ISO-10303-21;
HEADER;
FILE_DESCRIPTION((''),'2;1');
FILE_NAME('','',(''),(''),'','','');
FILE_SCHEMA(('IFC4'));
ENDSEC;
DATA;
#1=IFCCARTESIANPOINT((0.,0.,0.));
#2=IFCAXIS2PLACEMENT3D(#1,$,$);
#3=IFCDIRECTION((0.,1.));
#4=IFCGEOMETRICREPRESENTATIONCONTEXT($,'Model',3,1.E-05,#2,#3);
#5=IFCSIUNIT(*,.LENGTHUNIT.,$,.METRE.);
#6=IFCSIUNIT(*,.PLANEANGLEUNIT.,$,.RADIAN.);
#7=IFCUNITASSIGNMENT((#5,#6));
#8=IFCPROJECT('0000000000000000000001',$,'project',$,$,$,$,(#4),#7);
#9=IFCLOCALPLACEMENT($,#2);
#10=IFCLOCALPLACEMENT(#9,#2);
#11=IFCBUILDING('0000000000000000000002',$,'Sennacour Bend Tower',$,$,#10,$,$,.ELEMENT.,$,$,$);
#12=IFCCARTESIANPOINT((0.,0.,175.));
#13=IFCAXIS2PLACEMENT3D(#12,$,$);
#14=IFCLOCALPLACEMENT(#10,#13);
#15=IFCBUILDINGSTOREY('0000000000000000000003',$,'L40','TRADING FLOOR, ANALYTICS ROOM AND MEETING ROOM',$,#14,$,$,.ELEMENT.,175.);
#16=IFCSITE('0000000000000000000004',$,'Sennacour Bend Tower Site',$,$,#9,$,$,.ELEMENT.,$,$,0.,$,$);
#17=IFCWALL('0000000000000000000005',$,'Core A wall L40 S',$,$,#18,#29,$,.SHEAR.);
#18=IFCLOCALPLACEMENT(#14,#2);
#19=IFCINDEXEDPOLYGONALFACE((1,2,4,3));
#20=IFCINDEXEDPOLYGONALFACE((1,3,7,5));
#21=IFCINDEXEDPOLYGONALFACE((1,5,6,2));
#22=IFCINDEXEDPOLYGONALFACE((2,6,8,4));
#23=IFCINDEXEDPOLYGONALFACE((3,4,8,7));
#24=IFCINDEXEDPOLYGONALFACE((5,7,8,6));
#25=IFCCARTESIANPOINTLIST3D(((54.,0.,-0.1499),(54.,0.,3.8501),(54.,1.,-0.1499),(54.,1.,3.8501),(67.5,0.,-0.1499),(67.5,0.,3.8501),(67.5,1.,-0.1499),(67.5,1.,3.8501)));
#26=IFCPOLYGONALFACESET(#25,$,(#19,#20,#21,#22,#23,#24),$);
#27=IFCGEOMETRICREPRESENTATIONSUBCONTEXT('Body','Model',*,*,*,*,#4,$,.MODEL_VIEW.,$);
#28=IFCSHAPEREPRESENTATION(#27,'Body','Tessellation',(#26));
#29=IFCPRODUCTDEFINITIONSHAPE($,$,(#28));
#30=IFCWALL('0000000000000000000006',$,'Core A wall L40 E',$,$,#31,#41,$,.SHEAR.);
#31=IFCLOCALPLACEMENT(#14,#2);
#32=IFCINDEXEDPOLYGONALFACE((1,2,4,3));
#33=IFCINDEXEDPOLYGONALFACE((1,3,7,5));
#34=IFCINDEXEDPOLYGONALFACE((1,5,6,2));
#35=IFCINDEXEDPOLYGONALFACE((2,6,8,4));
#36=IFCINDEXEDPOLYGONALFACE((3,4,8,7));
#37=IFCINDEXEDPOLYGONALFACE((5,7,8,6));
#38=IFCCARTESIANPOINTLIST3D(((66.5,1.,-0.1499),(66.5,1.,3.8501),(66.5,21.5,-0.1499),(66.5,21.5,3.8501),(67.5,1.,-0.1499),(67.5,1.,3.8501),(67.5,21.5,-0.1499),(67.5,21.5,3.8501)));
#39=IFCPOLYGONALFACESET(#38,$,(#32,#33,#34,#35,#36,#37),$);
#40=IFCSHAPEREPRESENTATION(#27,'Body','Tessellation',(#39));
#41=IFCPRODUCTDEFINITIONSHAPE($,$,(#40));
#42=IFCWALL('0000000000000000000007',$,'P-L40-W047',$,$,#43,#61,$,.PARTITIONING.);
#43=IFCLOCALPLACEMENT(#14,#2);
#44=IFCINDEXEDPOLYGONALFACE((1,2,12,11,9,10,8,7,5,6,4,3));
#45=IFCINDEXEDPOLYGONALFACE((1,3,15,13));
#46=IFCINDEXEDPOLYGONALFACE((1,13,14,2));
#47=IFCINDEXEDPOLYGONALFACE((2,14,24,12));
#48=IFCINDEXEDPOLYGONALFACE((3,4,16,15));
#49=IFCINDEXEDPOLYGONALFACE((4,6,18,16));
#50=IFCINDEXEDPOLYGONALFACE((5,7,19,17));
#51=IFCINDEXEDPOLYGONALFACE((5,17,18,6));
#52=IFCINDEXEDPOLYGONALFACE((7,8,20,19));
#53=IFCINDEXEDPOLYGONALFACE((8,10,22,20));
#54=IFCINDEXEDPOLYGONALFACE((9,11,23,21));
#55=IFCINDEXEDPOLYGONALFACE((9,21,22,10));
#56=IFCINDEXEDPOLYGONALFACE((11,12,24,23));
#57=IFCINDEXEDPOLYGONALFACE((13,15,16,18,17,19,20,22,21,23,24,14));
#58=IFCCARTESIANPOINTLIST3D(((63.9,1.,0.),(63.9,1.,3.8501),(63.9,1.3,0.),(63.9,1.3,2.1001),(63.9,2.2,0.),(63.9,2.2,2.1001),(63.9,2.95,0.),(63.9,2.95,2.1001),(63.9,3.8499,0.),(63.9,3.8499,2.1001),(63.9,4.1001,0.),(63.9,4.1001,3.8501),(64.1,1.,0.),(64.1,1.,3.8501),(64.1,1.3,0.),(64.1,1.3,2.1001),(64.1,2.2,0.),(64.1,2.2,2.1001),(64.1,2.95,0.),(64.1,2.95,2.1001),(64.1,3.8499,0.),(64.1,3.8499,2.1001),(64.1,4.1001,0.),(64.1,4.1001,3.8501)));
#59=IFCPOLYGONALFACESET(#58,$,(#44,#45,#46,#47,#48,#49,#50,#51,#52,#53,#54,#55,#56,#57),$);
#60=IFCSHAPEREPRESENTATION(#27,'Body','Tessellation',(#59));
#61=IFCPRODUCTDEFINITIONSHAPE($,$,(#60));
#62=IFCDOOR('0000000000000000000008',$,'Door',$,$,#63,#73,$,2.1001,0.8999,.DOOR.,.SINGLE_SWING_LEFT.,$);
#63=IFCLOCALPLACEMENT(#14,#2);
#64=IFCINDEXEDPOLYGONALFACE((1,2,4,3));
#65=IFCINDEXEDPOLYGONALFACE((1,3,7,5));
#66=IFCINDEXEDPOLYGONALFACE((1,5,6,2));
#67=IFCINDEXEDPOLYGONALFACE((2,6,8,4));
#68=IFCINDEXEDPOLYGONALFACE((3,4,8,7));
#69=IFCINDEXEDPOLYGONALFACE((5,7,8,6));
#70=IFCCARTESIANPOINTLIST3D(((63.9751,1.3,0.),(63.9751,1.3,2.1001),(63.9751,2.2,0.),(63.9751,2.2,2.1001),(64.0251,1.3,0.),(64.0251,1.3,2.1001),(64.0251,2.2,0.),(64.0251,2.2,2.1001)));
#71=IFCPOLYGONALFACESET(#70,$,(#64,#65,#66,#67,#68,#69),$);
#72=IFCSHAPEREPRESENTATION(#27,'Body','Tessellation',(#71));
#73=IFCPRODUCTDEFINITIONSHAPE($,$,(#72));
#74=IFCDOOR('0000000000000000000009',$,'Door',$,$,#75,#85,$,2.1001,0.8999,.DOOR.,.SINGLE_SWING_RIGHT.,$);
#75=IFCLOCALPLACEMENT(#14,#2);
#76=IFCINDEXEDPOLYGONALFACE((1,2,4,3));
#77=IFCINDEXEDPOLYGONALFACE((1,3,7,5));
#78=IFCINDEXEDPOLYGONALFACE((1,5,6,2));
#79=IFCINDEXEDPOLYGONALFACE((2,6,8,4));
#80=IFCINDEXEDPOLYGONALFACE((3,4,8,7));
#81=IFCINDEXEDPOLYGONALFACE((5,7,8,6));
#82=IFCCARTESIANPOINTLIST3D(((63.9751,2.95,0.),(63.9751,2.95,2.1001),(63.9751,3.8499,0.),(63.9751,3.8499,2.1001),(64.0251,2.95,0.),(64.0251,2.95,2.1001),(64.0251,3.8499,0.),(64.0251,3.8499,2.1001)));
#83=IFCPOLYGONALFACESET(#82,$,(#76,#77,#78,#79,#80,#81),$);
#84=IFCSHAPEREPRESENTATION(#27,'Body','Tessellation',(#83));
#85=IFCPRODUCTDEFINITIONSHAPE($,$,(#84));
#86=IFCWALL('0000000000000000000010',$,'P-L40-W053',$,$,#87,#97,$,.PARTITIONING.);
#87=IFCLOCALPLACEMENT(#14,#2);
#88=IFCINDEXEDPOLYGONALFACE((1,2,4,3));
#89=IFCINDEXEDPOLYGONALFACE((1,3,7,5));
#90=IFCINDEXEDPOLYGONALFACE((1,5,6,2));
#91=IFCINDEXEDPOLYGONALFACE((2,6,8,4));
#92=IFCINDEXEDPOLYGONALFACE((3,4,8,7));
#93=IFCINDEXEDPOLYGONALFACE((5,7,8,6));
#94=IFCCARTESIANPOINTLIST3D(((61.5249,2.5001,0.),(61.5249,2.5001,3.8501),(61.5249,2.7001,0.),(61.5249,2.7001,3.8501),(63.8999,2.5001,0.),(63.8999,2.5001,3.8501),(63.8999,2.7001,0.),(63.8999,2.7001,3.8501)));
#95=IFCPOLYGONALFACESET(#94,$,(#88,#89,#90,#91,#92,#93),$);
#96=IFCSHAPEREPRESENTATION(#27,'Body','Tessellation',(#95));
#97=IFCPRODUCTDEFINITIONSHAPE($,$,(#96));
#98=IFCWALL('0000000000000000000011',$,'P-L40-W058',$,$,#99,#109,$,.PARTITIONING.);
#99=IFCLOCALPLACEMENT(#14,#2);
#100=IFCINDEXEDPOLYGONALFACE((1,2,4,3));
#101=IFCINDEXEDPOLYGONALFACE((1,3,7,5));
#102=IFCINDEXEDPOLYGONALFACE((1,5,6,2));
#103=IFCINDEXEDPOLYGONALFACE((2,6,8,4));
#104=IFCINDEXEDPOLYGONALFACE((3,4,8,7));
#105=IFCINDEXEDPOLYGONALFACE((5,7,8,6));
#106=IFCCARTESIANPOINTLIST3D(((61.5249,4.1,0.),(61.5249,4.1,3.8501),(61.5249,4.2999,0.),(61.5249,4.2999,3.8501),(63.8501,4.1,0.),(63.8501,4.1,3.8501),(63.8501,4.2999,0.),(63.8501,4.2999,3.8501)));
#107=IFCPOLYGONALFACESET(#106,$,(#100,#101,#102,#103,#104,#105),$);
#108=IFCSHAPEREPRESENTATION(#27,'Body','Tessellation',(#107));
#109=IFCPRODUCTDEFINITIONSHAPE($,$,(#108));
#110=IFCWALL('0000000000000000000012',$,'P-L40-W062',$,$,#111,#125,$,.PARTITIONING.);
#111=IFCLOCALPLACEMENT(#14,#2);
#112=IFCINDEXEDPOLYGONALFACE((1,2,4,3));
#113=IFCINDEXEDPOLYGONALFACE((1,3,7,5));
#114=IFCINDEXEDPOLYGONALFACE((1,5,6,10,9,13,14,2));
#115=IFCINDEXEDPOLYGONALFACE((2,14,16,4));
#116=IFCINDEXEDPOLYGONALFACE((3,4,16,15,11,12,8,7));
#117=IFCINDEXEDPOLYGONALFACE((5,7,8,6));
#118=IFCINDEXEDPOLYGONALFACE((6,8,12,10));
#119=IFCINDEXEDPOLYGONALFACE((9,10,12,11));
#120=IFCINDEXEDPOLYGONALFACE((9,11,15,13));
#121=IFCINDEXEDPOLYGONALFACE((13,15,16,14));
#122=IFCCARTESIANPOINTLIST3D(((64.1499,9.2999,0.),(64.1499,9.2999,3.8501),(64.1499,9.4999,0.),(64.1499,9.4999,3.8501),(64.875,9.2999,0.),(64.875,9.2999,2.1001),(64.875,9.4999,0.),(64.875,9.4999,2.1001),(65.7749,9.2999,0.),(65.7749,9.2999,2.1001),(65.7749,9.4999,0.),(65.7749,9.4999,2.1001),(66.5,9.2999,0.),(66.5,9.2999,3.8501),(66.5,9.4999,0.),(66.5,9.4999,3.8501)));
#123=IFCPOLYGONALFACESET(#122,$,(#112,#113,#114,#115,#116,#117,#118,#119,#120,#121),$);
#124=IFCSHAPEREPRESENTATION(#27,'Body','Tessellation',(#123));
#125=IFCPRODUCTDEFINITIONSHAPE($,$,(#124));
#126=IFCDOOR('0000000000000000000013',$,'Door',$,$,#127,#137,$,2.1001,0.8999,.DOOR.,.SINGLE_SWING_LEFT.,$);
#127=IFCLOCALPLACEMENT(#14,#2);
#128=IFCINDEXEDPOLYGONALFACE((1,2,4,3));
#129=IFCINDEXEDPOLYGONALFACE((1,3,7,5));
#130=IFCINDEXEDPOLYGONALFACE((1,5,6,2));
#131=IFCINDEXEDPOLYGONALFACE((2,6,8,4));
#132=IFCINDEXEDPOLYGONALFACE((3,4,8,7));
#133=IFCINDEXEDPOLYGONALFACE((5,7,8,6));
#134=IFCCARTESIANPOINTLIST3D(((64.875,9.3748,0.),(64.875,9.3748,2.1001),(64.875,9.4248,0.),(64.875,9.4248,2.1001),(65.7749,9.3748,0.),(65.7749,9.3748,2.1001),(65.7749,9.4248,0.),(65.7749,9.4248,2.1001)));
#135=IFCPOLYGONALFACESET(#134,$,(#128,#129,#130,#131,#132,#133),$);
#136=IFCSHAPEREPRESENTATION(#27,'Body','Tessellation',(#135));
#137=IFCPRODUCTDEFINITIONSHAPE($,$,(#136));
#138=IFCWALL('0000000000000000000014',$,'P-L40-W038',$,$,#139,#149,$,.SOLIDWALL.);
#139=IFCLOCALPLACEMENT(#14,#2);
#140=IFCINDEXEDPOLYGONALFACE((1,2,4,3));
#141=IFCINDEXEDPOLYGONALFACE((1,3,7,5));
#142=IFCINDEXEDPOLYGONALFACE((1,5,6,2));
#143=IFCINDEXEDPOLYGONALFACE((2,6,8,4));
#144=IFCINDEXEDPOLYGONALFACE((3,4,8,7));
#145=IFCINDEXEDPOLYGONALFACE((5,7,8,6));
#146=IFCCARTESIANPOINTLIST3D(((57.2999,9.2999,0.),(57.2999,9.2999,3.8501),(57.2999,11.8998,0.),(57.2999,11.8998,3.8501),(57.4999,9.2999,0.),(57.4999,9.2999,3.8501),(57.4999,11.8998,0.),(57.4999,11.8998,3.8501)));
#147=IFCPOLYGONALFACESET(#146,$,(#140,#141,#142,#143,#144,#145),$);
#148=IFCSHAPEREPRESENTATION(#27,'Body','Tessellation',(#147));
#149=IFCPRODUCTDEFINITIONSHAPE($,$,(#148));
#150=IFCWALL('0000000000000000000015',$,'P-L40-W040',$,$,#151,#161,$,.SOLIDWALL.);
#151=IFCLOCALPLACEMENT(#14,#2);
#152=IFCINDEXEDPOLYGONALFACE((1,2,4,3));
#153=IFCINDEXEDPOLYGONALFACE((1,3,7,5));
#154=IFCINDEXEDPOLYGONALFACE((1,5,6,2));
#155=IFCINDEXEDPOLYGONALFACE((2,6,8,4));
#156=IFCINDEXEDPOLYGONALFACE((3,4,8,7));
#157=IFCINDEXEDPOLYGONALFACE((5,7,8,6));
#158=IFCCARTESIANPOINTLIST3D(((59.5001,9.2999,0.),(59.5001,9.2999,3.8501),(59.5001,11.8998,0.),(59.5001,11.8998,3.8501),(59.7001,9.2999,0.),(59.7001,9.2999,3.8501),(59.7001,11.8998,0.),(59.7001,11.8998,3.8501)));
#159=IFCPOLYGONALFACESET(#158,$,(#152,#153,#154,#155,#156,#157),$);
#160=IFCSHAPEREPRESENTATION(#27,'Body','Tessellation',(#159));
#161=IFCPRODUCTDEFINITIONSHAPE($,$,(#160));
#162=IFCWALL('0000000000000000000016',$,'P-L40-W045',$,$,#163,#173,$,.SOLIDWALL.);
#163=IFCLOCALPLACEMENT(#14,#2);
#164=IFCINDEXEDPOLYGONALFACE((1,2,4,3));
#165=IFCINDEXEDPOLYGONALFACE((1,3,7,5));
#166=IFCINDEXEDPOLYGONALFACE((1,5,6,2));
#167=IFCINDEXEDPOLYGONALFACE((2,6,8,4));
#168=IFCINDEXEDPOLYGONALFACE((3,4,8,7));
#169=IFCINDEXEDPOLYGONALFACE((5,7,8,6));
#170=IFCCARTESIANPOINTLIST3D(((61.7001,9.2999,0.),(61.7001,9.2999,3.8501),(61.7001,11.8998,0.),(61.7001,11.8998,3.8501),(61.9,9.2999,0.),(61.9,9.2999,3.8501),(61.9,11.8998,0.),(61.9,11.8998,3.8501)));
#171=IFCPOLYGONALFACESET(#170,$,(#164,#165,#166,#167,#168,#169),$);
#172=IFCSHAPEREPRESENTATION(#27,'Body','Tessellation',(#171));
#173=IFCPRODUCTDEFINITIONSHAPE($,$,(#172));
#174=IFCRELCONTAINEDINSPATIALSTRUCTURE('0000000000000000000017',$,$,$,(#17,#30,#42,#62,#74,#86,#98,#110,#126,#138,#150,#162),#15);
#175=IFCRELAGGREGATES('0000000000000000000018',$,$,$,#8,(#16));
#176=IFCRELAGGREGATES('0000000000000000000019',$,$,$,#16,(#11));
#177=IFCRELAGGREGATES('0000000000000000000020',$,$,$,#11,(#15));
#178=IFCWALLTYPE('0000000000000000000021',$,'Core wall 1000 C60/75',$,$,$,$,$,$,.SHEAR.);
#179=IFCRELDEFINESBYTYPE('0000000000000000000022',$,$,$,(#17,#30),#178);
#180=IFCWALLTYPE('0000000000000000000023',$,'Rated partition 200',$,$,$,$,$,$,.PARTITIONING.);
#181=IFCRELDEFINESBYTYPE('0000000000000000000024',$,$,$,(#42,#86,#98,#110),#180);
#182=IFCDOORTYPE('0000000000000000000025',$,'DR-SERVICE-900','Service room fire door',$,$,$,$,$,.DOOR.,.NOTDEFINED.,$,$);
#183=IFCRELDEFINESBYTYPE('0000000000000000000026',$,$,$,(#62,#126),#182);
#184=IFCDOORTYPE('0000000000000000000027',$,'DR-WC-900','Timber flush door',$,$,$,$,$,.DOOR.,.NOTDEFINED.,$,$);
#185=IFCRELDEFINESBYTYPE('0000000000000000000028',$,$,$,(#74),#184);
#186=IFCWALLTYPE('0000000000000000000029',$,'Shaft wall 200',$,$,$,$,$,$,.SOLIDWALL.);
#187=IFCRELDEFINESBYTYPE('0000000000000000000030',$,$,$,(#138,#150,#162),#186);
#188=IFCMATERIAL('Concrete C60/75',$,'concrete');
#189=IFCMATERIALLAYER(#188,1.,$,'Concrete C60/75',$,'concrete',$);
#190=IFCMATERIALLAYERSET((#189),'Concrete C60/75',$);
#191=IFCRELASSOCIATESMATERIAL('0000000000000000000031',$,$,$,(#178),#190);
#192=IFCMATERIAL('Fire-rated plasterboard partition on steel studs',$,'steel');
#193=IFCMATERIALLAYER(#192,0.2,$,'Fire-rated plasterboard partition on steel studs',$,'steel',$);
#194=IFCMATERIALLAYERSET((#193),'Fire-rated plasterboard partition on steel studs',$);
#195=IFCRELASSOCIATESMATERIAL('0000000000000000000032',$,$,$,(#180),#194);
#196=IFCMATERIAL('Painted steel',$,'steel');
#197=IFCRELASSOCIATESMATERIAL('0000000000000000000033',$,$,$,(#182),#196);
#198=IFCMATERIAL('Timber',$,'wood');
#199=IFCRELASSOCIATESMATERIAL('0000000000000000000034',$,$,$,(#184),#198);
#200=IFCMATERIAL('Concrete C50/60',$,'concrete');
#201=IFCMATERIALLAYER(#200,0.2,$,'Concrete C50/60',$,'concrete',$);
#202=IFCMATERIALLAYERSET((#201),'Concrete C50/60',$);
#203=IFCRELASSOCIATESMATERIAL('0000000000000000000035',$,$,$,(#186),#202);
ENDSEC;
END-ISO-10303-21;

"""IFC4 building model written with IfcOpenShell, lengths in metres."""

from ifc_helpers import new_model, si_unit, direction, frame, frame_2d, origin, place, context, subcontext, project, spatial, rectangle, extrude, material, layer, layer_set, type_object, element, fill, save


model = new_model("IFC4")

# Units and contexts
model_context = context("Model", 3, precision=1e-05, world=origin(), true_north=direction((0.0, 1.0)))
body_context = subcontext(model_context, "Body", "Model", "MODEL_VIEW")
ifc_project = project(units=[si_unit("LENGTHUNIT", "METRE"), si_unit("PLANEANGLEUNIT", "RADIAN")], contexts=[model_context])

# Site, building, storey
site_placement = place(None, origin())
site = spatial("IfcSite", under=ifc_project, at=site_placement, Name="Sennacour Bend Tower Site", CompositionType="ELEMENT", RefElevation=0.0)
building_placement = place(site_placement, origin())
building = spatial("IfcBuilding", under=site, at=building_placement, Name="Sennacour Bend Tower", CompositionType="ELEMENT")
storey_placement = place(building_placement, frame((0.0, 0.0, 175.0)))
storey = spatial("IfcBuildingStorey", under=building, at=storey_placement, Name="L40", Description="TRADING FLOOR, ANALYTICS ROOM AND MEETING ROOM", CompositionType="ELEMENT", Elevation=175.0)

# Walls
ifc_material_1 = material(Name="Concrete C60/75", Category="concrete")
ifc_layer_1 = layer(ifc_material_1, 1.0, Name="Concrete C60/75", Category="concrete")
ifc_layer_set_1 = layer_set([ifc_layer_1], Name="Concrete C60/75")
wall_type_1 = type_object("IfcWallType", Name="Core wall 1000 C60/75", PredefinedType="SHEAR", material=ifc_layer_set_1)
wall_1_placement = place(storey_placement, frame((67.5, 0.5, -0.1499), z_axis=(0.0, 0.0, 1.0), x_axis=(-1.0, 0.0, 0.0)))
element("IfcWall", 1, at=wall_1_placement, inside=storey, type_object=wall_type_1, Name="Core A wall L40 S", PredefinedType="SHEAR", context=body_context, shape_type="SweptSolid", body=[
    extrude(rectangle(XDim=13.5, YDim=1.0, at=frame_2d((6.75, 0.0))), origin(), (0.0, 0.0, 1.0), 4.0),
])
wall_2_placement = place(storey_placement, frame((67.0, 1.0, -0.1499), z_axis=(0.0, 0.0, 1.0), x_axis=(0.0, 1.0, 0.0)))
element("IfcWall", 2, at=wall_2_placement, inside=storey, type_object=wall_type_1, Name="Core A wall L40 E", PredefinedType="SHEAR", context=body_context, shape_type="SweptSolid", body=[
    extrude(rectangle(XDim=20.5, YDim=1.0, at=frame_2d((10.25, 0.0))), origin(), (0.0, 0.0, 1.0), 4.0),
])

# Wall, openings, doors
ifc_material_2 = material(Name="Fire-rated plasterboard partition on steel studs", Category="steel")
ifc_layer_2 = layer(ifc_material_2, 0.2, Name="Fire-rated plasterboard partition on steel studs", Category="steel")
ifc_layer_set_2 = layer_set([ifc_layer_2], Name="Fire-rated plasterboard partition on steel studs")
wall_type_2 = type_object("IfcWallType", Name="Rated partition 200", PredefinedType="PARTITIONING", material=ifc_layer_set_2)
wall_3_placement = place(storey_placement, frame((64.0, 1.0, 0.0), z_axis=(0.0, 0.0, 1.0), x_axis=(0.0, 1.0, 0.0)))
wall_3 = element("IfcWall", 3, at=wall_3_placement, inside=storey, type_object=wall_type_2, Name="P-L40-W047", PredefinedType="PARTITIONING", context=body_context, shape_type="SweptSolid", body=[
    extrude(rectangle(XDim=3.1001, YDim=0.2, at=frame_2d((1.55, 0.0))), origin(), (0.0, 0.0, 1.0), 3.8501),
])
opening_1_placement = place(wall_3_placement, frame((0.3, 0.0, 0.0)))
opening_1 = element("IfcOpeningElement", 4, at=opening_1_placement, cuts=wall_3, PredefinedType="OPENING", context=body_context, shape_type="SweptSolid", body=[
    extrude(rectangle(XDim=0.8999, YDim=2.1001, at=frame_2d((0.45, 1.05))), frame((0.0, 0.1099, 0.0), z_axis=(0.0, -1.0, 0.0), x_axis=(1.0, 0.0, 0.0)), (0.0, 0.0, 1.0), 0.22),
])
opening_2_placement = place(wall_3_placement, frame((1.95, 0.0, 0.0)))
opening_2 = element("IfcOpeningElement", 5, at=opening_2_placement, cuts=wall_3, PredefinedType="OPENING", context=body_context, shape_type="SweptSolid", body=[
    extrude(rectangle(XDim=0.8999, YDim=2.1001, at=frame_2d((0.45, 1.05))), frame((0.0, 0.1099, 0.0), z_axis=(0.0, -1.0, 0.0), x_axis=(1.0, 0.0, 0.0)), (0.0, 0.0, 1.0), 0.22),
])
ifc_material_3 = material(Name="Painted steel", Category="steel")
door_type_1 = type_object("IfcDoorType", Name="DR-SERVICE-900", Description="Service room fire door", OperationType="NOTDEFINED", PredefinedType="DOOR", material=ifc_material_3)
door_1_placement = place(opening_1_placement, origin())
door_1 = element("IfcDoor", 6, at=door_1_placement, inside=storey, type_object=door_type_1, Name="Door", OperationType="SINGLE_SWING_LEFT", OverallHeight=2.1001, OverallWidth=0.8999, PredefinedType="DOOR", context=body_context, shape_type="SweptSolid", body=[
    extrude(rectangle(XDim=0.8999, YDim=2.1001, at=frame_2d((0.45, 1.05))), frame((0.0, 0.0249, 0.0), z_axis=(0.0, -1.0, 0.0), x_axis=(1.0, 0.0, 0.0)), (0.0, 0.0, 1.0), 0.05),
])
fill(opening_1, door_1)
ifc_material_4 = material(Name="Timber", Category="wood")
door_type_2 = type_object("IfcDoorType", Name="DR-WC-900", Description="Timber flush door", OperationType="NOTDEFINED", PredefinedType="DOOR", material=ifc_material_4)
door_2_placement = place(opening_2_placement, origin())
door_2 = element("IfcDoor", 7, at=door_2_placement, inside=storey, type_object=door_type_2, Name="Door", OperationType="SINGLE_SWING_RIGHT", OverallHeight=2.1001, OverallWidth=0.8999, PredefinedType="DOOR", context=body_context, shape_type="SweptSolid", body=[
    extrude(rectangle(XDim=0.8999, YDim=2.1001, at=frame_2d((0.45, 1.05))), frame((0.0, 0.0249, 0.0), z_axis=(0.0, -1.0, 0.0), x_axis=(1.0, 0.0, 0.0)), (0.0, 0.0, 1.0), 0.05),
])
fill(opening_2, door_2)

# Walls
wall_4_placement = place(storey_placement, frame((61.5249, 2.6001, 0.0), z_axis=(0.0, 0.0, 1.0), x_axis=(1.0, 0.0, 0.0)))
element("IfcWall", 8, at=wall_4_placement, inside=storey, type_object=wall_type_2, Name="P-L40-W053", PredefinedType="PARTITIONING", context=body_context, shape_type="SweptSolid", body=[
    extrude(rectangle(XDim=2.375, YDim=0.2, at=frame_2d((1.1875, 0.0))), origin(), (0.0, 0.0, 1.0), 3.8501),
])
wall_5_placement = place(storey_placement, frame((61.5249, 4.2, 0.0), z_axis=(0.0, 0.0, 1.0), x_axis=(1.0, 0.0, 0.0)))
element("IfcWall", 9, at=wall_5_placement, inside=storey, type_object=wall_type_2, Name="P-L40-W058", PredefinedType="PARTITIONING", context=body_context, shape_type="SweptSolid", body=[
    extrude(rectangle(XDim=2.3252, YDim=0.2, at=frame_2d((1.1626, 0.0))), origin(), (0.0, 0.0, 1.0), 3.8501),
])

# Wall, opening, door
wall_6_placement = place(storey_placement, frame((64.1499, 9.3999, 0.0), z_axis=(0.0, 0.0, 1.0), x_axis=(1.0, 0.0, 0.0)))
wall_6 = element("IfcWall", 10, at=wall_6_placement, inside=storey, type_object=wall_type_2, Name="P-L40-W062", PredefinedType="PARTITIONING", context=body_context, shape_type="SweptSolid", body=[
    extrude(rectangle(XDim=2.3501, YDim=0.2, at=frame_2d((1.175, 0.0))), origin(), (0.0, 0.0, 1.0), 3.8501),
])
opening_3_placement = place(wall_6_placement, frame((0.7251, 0.0, 0.0)))
opening_3 = element("IfcOpeningElement", 11, at=opening_3_placement, cuts=wall_6, PredefinedType="OPENING", context=body_context, shape_type="SweptSolid", body=[
    extrude(rectangle(XDim=0.8999, YDim=2.1001, at=frame_2d((0.45, 1.05))), frame((0.0, 0.1099, 0.0), z_axis=(0.0, -1.0, 0.0), x_axis=(1.0, 0.0, 0.0)), (0.0, 0.0, 1.0), 0.22),
])
door_3_placement = place(opening_3_placement, origin())
door_3 = element("IfcDoor", 12, at=door_3_placement, inside=storey, type_object=door_type_1, Name="Door", OperationType="SINGLE_SWING_LEFT", OverallHeight=2.1001, OverallWidth=0.8999, PredefinedType="DOOR", context=body_context, shape_type="SweptSolid", body=[
    extrude(rectangle(XDim=0.8999, YDim=2.1001, at=frame_2d((0.45, 1.05))), frame((0.0, 0.0249, 0.0), z_axis=(0.0, -1.0, 0.0), x_axis=(1.0, 0.0, 0.0)), (0.0, 0.0, 1.0), 0.05),
])
fill(opening_3, door_3)

# Walls
ifc_material_5 = material(Name="Concrete C50/60", Category="concrete")
ifc_layer_3 = layer(ifc_material_5, 0.2, Name="Concrete C50/60", Category="concrete")
ifc_layer_set_3 = layer_set([ifc_layer_3], Name="Concrete C50/60")
wall_type_3 = type_object("IfcWallType", Name="Shaft wall 200", PredefinedType="SOLIDWALL", material=ifc_layer_set_3)
for number, where, z_axis, x_axis, name in (
    (13, (57.3999, 9.3, 0.0), (0.0, 0.0, 1.0), (0.0, 1.0, 0.0), "P-L40-W038"),
    (14, (59.6001, 9.3, 0.0), (0.0, 0.0, 1.0), (0.0, 1.0, 0.0), "P-L40-W040"),
    (15, (61.8, 9.3, 0.0), (0.0, 0.0, 1.0), (0.0, 1.0, 0.0), "P-L40-W045"),
):
    element("IfcWall", number, at=place(storey_placement, frame(where, z_axis=z_axis, x_axis=x_axis)), inside=storey, type_object=wall_type_3, Name=name, PredefinedType="SOLIDWALL", context=body_context, shape_type="SweptSolid", body=[
        extrude(rectangle(XDim=2.5999, YDim=0.2, at=frame_2d((1.2998, 0.0))), origin(), (0.0, 0.0, 1.0), 3.8501),
    ])

save(model, "model.ifc")
